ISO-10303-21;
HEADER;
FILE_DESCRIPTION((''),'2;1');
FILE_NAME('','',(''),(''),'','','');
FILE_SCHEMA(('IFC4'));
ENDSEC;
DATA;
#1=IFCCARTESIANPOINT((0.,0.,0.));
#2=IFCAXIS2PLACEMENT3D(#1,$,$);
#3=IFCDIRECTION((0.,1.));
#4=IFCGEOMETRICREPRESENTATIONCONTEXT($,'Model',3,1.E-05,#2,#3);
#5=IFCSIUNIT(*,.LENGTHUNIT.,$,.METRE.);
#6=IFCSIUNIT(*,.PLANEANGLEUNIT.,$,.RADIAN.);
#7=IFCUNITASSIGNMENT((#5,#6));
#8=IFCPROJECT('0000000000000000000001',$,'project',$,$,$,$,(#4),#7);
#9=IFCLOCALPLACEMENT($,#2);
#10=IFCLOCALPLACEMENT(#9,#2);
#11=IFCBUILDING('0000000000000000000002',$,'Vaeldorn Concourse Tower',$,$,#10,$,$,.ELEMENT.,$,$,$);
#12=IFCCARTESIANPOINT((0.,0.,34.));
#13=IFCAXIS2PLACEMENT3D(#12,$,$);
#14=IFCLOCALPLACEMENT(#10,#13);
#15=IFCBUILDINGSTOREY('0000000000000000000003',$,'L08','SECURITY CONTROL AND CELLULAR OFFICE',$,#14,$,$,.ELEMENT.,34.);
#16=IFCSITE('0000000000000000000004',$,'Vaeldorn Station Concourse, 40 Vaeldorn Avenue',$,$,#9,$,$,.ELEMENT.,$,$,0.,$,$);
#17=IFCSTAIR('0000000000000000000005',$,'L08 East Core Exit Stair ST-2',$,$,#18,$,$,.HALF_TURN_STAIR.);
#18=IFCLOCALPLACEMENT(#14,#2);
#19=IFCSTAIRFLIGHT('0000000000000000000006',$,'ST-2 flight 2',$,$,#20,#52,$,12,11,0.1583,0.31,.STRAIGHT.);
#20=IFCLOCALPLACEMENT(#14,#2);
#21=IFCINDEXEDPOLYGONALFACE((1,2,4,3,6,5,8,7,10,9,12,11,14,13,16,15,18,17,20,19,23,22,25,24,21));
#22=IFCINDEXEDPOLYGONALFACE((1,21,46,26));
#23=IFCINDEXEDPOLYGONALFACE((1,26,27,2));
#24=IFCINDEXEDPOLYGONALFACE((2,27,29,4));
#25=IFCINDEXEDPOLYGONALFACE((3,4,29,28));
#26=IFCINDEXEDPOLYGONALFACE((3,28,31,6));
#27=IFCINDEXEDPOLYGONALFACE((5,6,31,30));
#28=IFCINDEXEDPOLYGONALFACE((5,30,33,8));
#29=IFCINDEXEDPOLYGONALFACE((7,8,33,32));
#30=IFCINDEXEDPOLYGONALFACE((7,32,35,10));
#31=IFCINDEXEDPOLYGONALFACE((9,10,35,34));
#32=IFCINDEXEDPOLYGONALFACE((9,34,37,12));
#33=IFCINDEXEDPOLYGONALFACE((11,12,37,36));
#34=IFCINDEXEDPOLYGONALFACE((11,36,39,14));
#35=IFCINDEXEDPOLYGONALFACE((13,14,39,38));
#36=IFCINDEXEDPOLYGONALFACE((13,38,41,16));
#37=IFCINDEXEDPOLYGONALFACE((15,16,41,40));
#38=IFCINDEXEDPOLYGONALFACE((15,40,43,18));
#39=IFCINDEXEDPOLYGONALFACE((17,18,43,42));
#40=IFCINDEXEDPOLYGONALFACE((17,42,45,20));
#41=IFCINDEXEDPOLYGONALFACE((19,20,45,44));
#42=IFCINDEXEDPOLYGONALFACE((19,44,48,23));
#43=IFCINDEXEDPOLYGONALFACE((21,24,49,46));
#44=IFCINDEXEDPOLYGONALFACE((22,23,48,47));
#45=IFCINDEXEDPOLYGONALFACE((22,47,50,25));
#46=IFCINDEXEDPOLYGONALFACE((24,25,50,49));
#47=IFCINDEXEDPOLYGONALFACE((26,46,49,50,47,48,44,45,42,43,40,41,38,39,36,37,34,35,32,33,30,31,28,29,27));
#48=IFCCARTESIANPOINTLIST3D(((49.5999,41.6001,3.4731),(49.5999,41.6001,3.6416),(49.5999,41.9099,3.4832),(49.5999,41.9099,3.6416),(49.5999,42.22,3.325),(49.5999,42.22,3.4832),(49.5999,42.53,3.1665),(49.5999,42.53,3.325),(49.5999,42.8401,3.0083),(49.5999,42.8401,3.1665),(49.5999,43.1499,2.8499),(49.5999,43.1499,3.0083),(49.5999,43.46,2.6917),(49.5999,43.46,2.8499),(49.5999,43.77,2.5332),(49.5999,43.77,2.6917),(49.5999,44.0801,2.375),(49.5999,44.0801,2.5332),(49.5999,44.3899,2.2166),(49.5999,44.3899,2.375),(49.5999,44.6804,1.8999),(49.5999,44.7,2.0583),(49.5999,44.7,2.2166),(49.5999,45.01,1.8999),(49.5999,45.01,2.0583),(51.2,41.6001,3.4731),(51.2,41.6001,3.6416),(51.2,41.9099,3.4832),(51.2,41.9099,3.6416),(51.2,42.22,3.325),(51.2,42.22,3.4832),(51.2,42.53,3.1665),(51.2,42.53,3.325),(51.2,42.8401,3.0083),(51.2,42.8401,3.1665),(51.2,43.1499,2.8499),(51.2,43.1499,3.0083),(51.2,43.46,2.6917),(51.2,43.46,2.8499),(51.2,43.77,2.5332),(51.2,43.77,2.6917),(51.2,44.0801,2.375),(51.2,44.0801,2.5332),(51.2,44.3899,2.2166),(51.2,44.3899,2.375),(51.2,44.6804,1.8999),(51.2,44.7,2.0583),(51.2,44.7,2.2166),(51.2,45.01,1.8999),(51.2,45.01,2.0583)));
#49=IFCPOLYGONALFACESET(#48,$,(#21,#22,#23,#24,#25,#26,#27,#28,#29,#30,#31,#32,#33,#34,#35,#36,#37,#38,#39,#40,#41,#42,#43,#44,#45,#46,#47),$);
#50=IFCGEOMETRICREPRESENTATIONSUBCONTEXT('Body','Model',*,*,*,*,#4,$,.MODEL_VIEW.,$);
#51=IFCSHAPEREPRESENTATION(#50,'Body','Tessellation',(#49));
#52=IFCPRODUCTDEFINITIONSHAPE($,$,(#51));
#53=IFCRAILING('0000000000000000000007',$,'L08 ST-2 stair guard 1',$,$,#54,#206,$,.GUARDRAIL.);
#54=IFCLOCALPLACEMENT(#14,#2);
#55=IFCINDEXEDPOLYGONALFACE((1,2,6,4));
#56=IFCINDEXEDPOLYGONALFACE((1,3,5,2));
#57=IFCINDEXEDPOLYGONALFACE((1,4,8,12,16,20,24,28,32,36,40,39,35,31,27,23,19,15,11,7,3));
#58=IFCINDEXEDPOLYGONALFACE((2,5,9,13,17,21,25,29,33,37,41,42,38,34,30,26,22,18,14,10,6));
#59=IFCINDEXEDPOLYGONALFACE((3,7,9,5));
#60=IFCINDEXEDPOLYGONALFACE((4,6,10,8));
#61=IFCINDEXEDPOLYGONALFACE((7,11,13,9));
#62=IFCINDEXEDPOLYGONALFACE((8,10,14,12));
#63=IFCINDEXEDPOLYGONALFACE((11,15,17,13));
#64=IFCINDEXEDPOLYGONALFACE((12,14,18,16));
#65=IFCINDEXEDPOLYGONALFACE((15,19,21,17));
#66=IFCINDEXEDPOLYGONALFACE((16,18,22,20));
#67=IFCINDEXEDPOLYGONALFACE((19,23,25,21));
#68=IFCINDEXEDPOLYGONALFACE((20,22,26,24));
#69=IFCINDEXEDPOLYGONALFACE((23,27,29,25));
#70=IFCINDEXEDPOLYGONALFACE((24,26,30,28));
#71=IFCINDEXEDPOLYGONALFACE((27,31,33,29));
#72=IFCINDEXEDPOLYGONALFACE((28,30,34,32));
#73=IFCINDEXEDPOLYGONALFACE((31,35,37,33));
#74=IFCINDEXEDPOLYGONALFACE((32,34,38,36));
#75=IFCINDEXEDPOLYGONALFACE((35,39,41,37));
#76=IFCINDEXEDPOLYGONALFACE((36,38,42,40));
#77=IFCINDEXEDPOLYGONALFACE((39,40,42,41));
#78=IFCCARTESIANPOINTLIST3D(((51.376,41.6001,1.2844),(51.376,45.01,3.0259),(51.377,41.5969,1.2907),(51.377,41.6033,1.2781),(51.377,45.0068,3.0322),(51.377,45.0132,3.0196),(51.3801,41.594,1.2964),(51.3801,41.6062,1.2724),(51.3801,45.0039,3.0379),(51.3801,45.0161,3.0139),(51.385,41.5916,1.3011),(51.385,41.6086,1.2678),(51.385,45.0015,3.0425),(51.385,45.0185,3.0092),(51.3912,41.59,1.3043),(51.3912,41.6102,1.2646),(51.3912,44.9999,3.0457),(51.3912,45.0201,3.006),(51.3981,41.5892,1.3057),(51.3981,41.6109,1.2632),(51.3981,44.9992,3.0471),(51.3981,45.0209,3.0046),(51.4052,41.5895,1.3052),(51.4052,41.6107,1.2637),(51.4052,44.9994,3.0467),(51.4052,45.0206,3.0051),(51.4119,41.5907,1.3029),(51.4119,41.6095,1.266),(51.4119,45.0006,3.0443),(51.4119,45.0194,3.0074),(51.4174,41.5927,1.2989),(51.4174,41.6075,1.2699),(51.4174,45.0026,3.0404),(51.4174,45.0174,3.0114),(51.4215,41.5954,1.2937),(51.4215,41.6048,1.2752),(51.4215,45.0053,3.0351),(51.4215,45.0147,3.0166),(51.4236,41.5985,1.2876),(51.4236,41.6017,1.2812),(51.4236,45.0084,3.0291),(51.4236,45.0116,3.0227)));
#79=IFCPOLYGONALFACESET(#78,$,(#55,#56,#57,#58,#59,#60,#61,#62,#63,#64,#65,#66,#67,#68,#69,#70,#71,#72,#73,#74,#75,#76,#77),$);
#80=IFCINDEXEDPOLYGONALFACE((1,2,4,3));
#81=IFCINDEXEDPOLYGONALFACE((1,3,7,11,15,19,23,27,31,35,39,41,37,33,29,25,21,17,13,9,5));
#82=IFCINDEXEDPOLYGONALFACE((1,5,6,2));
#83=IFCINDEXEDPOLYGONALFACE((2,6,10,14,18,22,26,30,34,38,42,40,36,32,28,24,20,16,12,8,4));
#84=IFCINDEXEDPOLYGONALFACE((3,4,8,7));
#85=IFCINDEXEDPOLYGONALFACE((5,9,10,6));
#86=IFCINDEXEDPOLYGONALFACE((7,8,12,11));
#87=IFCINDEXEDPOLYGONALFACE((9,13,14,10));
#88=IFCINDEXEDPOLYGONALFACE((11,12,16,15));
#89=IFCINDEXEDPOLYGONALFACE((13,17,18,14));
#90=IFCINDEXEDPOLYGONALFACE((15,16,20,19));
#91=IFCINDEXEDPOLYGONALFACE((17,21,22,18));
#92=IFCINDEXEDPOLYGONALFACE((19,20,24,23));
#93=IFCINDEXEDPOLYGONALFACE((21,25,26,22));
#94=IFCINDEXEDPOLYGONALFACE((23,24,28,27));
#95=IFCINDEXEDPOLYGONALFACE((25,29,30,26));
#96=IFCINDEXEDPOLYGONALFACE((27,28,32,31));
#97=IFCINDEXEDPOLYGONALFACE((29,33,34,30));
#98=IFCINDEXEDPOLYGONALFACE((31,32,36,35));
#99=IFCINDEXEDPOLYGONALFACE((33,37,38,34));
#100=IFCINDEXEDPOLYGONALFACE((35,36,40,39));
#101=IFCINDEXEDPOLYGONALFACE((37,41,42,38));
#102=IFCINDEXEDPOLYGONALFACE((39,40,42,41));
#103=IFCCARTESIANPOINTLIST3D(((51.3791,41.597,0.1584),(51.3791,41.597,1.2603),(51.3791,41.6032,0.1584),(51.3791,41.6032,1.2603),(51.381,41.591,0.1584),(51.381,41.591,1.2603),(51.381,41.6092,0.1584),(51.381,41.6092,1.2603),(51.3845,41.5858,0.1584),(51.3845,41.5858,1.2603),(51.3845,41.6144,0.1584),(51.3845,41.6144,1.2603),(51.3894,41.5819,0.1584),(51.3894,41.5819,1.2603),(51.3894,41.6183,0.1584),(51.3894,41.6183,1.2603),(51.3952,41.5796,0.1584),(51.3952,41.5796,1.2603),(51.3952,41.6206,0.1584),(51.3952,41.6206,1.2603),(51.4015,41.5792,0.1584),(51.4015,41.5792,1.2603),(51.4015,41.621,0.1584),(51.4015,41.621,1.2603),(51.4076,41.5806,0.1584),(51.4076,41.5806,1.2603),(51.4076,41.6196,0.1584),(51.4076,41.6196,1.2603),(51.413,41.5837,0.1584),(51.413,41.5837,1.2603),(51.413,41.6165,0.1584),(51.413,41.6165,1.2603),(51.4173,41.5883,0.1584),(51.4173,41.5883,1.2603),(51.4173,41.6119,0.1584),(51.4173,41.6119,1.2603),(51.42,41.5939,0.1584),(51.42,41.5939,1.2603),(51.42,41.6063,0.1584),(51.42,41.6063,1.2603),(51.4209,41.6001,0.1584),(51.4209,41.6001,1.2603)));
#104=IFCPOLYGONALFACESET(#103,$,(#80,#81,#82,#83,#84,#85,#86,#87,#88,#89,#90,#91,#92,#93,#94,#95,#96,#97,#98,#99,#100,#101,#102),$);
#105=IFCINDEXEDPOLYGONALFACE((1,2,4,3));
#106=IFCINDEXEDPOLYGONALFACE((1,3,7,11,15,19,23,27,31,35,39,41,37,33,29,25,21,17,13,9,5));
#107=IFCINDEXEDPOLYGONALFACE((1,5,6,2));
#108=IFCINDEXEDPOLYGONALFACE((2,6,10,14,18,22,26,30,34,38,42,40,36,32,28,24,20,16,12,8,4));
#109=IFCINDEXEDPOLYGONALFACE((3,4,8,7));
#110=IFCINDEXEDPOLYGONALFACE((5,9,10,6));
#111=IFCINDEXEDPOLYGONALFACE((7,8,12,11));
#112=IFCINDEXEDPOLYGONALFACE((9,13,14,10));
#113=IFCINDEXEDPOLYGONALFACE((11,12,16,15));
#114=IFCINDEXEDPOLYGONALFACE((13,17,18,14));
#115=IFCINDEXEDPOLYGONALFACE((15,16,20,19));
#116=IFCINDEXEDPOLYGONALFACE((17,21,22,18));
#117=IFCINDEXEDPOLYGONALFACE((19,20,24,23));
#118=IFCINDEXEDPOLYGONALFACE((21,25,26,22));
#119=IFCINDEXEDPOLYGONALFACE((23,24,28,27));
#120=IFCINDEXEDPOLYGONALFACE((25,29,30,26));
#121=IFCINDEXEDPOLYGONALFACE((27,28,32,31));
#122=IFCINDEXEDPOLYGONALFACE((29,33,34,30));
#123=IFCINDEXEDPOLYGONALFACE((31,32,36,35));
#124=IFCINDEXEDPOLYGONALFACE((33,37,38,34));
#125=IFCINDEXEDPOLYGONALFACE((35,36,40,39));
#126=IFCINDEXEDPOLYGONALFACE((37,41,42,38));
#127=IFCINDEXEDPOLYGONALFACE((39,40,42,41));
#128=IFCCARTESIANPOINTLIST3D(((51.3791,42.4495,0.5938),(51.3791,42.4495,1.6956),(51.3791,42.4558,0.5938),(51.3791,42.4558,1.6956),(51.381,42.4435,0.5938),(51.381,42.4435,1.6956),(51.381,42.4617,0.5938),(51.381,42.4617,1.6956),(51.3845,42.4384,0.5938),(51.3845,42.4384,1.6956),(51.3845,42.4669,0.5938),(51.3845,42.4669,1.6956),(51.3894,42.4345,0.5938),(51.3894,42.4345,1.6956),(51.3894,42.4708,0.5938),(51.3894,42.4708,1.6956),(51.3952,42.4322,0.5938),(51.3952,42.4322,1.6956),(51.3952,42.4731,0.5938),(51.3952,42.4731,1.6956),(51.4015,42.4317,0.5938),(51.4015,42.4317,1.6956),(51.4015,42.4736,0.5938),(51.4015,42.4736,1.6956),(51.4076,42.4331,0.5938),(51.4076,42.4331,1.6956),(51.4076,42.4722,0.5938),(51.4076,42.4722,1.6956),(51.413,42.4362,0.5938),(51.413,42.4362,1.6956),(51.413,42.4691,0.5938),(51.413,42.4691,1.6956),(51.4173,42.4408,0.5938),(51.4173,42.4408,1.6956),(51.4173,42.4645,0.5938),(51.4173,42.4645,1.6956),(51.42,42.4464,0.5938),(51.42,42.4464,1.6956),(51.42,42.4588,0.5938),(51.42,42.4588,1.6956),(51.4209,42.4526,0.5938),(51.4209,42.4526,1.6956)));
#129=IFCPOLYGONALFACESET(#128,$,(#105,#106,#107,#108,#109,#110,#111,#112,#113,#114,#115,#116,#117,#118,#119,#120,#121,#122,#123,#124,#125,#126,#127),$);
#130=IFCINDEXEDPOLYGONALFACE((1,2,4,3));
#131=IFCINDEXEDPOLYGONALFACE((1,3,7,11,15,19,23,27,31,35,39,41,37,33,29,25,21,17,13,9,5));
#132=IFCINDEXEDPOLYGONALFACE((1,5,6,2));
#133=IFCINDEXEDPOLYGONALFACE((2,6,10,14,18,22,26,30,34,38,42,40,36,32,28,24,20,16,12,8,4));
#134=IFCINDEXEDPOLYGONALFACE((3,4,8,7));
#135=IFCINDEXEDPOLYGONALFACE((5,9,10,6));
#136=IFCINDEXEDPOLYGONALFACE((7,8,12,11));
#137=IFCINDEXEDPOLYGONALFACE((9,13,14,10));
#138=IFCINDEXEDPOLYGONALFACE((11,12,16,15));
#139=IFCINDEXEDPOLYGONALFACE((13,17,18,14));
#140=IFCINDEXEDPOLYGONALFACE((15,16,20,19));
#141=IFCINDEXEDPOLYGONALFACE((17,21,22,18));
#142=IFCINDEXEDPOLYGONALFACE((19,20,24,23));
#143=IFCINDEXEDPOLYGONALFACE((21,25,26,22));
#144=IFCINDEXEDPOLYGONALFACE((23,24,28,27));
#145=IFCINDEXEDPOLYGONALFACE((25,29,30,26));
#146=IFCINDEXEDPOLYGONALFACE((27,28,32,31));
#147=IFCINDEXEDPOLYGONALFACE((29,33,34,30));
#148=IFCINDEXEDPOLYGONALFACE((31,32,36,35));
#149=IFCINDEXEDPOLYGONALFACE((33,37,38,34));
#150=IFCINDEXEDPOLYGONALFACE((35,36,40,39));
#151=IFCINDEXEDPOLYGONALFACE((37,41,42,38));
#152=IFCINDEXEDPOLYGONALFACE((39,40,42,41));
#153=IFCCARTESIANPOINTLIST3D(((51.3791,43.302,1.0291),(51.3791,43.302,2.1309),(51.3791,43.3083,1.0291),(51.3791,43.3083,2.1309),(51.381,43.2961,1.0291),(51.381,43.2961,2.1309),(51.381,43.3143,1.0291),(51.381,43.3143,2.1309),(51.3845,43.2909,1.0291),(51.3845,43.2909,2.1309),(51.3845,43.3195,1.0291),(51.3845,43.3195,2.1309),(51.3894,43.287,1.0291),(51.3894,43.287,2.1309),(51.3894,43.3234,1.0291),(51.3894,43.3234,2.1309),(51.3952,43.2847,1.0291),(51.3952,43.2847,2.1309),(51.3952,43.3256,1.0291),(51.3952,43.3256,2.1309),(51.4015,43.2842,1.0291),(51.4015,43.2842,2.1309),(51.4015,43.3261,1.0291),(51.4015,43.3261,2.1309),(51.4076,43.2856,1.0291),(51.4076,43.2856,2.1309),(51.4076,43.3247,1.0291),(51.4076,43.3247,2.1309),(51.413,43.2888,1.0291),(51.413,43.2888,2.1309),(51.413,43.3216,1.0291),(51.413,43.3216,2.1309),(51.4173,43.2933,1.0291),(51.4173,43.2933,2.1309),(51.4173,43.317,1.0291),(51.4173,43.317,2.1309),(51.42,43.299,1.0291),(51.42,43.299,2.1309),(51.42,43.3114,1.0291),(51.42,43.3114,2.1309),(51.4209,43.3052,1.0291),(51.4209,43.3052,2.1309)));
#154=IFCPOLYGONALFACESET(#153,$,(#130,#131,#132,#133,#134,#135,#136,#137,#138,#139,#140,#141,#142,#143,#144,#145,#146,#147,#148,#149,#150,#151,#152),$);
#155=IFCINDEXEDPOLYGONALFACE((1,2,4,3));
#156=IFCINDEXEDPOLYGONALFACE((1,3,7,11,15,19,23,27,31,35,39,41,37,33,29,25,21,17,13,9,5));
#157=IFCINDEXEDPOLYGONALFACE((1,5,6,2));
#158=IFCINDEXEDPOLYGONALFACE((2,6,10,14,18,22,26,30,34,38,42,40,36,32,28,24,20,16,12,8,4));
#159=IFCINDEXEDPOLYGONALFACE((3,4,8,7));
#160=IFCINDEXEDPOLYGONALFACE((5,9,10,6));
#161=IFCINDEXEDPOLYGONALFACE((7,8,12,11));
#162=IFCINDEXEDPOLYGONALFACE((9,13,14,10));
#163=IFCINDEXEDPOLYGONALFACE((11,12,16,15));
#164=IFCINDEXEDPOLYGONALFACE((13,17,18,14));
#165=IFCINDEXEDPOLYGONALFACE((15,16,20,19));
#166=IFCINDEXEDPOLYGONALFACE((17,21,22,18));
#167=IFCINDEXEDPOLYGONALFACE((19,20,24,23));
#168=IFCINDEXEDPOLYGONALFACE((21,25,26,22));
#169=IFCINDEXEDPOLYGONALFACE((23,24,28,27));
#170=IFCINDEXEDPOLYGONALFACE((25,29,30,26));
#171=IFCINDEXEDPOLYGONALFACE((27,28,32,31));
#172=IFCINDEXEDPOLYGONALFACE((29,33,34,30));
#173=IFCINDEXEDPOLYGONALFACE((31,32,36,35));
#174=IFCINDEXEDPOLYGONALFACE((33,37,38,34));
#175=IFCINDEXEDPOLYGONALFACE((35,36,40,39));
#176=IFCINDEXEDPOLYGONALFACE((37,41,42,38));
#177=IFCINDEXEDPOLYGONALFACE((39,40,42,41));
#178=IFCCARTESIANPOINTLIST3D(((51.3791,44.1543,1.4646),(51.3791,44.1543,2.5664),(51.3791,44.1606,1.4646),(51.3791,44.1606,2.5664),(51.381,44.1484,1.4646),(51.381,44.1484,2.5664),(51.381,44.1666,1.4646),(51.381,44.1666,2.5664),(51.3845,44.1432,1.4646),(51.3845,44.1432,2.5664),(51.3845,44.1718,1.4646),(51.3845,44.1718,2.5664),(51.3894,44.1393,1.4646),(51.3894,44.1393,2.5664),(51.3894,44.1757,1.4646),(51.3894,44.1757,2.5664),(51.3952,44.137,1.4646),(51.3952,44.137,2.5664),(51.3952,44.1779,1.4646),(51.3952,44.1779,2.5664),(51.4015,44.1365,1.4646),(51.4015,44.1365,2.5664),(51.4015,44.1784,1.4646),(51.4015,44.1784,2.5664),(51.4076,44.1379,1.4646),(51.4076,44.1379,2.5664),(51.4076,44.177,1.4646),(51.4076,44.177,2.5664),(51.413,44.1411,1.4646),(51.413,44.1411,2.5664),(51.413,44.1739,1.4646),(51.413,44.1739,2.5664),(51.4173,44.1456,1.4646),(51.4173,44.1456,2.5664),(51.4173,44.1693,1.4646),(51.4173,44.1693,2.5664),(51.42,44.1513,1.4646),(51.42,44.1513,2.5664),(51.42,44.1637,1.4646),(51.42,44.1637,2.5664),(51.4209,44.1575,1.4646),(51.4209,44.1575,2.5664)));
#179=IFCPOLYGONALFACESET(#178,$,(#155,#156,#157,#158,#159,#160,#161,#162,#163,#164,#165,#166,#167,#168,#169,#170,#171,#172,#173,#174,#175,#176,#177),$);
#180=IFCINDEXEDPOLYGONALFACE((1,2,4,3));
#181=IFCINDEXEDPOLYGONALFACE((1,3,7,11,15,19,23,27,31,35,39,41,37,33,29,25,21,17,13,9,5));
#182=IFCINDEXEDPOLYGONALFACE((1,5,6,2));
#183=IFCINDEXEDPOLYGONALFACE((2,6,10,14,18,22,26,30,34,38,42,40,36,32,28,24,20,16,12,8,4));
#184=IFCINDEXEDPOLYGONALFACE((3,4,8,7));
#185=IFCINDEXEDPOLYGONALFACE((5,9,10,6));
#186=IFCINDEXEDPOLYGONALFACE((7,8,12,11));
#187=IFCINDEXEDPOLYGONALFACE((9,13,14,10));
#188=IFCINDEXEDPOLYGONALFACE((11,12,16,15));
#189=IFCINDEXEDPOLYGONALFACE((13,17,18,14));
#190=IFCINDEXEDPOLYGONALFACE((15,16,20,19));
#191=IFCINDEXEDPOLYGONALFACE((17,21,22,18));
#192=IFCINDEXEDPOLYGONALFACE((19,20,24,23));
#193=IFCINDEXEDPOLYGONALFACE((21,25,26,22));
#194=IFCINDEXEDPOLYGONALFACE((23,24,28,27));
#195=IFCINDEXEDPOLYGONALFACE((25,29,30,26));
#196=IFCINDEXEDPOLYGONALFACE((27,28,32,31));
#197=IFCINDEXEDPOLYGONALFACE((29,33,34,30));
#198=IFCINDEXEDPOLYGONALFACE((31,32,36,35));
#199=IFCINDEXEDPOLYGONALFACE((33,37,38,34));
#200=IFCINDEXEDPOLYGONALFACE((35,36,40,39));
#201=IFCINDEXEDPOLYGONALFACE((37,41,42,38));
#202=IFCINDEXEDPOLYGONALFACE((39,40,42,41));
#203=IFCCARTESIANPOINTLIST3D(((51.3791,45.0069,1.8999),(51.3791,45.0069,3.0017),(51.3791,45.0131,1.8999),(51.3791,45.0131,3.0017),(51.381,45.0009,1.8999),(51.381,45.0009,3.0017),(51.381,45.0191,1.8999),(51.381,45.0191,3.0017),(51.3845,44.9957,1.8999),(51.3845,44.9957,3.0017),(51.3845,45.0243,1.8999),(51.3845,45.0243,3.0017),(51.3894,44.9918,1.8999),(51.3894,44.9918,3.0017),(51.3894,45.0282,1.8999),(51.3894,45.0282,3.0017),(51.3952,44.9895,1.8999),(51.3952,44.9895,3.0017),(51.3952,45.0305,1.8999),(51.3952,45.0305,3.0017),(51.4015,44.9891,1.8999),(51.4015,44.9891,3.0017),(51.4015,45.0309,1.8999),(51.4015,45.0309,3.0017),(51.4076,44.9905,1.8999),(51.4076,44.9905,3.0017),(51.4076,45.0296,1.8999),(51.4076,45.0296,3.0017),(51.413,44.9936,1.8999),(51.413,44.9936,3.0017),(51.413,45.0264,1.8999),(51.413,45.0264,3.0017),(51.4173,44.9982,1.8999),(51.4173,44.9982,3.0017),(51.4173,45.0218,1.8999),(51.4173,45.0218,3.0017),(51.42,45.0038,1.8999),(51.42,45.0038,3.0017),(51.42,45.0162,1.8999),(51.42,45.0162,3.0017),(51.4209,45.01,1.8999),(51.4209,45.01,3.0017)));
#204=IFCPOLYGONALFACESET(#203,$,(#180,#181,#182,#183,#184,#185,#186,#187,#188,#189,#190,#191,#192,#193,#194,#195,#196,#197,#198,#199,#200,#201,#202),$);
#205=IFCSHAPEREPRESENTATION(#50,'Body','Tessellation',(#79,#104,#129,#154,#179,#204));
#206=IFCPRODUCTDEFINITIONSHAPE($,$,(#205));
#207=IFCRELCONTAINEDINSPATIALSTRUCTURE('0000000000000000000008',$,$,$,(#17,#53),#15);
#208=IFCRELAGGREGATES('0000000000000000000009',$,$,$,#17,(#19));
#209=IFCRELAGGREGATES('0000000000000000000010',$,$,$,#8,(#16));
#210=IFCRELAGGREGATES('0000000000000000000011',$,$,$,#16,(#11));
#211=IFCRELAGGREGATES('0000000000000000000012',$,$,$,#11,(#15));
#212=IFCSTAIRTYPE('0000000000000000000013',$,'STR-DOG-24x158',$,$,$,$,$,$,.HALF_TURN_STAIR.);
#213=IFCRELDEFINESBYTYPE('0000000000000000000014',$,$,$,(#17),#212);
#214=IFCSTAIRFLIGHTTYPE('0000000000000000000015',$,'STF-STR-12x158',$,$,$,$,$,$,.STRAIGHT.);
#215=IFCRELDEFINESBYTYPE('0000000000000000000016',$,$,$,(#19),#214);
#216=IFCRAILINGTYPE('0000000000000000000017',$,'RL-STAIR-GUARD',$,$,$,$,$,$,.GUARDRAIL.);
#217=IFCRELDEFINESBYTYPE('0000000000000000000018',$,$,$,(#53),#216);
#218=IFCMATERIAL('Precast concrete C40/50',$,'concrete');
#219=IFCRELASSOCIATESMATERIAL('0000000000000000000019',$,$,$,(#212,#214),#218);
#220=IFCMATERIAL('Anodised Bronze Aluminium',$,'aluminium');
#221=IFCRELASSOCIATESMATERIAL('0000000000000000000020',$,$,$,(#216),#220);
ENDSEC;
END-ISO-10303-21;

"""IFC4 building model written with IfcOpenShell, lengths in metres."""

from ifc_helpers import new_model, si_unit, direction, frame, origin, origin_2d, place, context, subcontext, project, spatial, polyline, circle, outline, extrude, material, type_object, element, aggregate, save


model = new_model("IFC4")

# Units and contexts
model_context = context("Model", 3, precision=1e-05, world=origin(), true_north=direction((0.0, 1.0)))
body_context = subcontext(model_context, "Body", "Model", "MODEL_VIEW")
ifc_project = project(units=[si_unit("LENGTHUNIT", "METRE"), si_unit("PLANEANGLEUNIT", "RADIAN")], contexts=[model_context])

# Site, building, storey
site_placement = place(None, origin())
site = spatial("IfcSite", under=ifc_project, at=site_placement, Name="Vaeldorn Station Concourse, 40 Vaeldorn Avenue", CompositionType="ELEMENT", RefElevation=0.0)
building_placement = place(site_placement, origin())
building = spatial("IfcBuilding", under=site, at=building_placement, Name="Vaeldorn Concourse Tower", CompositionType="ELEMENT")
storey_placement = place(building_placement, frame((0.0, 0.0, 34.0)))
storey = spatial("IfcBuildingStorey", under=building, at=storey_placement, Name="L08", Description="SECURITY CONTROL AND CELLULAR OFFICE", CompositionType="ELEMENT", Elevation=34.0)

# Shared definitions
ifc_material_1 = material(Name="Anodised Bronze Aluminium", Category="aluminium")

# Stair, stair flight
ifc_material_2 = material(Name="Precast concrete C40/50", Category="concrete")
stair_type = type_object("IfcStairType", Name="STR-DOG-24x158", PredefinedType="HALF_TURN_STAIR", material=ifc_material_2)
stair_placement = place(storey_placement, origin())
stair = element("IfcStair", 1, at=stair_placement, inside=storey, type_object=stair_type, Name="L08 East Core Exit Stair ST-2", PredefinedType="HALF_TURN_STAIR")
stair_flight_type = type_object("IfcStairFlightType", Name="STF-STR-12x158", PredefinedType="STRAIGHT", material=ifc_material_2)
stair_flight_1_placement = place(storey_placement, frame((50.3999, 45.01, 1.8999), z_axis=(0.0, 0.0, 1.0), x_axis=(0.0, -1.0, 0.0)))
stair_flight_1 = element("IfcStairFlight", 2, at=stair_flight_1_placement, type_object=stair_flight_type, Name="ST-2 flight 2", NumberOfRisers=12, NumberOfTreads=11, PredefinedType="STRAIGHT", RiserHeight=0.1583, TreadLength=0.31, context=body_context, shape_type="SweptSolid", body=[
    extrude(outline(polyline([(0.0, 0.0), (0.0, 0.1584), (0.3101, 0.1584), (0.3101, 0.3167), (0.6201, 0.3167), (0.6201, 0.4751), (0.9299, 0.4751), (0.9299, 0.6333), (1.24, 0.6333), (1.24, 0.7917), (1.55, 0.7917), (1.55, 0.95), (1.8601, 0.95), (1.8601, 1.1084), (2.1699, 1.1084), (2.1699, 1.2666), (2.48, 1.2666), (2.48, 1.425), (2.79, 1.425), (2.79, 1.5833), (3.1001, 1.5833), (3.1001, 1.7417), (3.4099, 1.7417), (3.4099, 1.8999), (3.4099, 1.5732), (0.3296, 0.0), (0.0, 0.0)])), frame((0.0, 0.8, 0.0), z_axis=(0.0, -1.0, 0.0), x_axis=(1.0, 0.0, 0.0)), (0.0, 0.0, 1.0), 1.6001),
])
aggregate(stair, [stair_flight_1])

# Railing
railing_type_1 = type_object("IfcRailingType", Name="RL-STAIR-GUARD", PredefinedType="GUARDRAIL", material=ifc_material_1)
railing_1_placement = place(storey_placement, frame((51.3999, 41.6001, 0.1584)))
element("IfcRailing", 3, at=railing_1_placement, inside=storey, type_object=railing_type_1, Name="L08 ST-2 stair guard 1", PredefinedType="GUARDRAIL", context=body_context, shape_type="SweptSolid", body=[
    extrude(circle(Radius=0.0239, at=origin_2d()), frame((0.0, 0.0, 1.126), z_axis=(0.0, 0.890582, 0.454823), x_axis=(-1.0, 0.0, 0.0)), (0.0, 0.0, 1.0), 3.8289),
    extrude(circle(Radius=0.021, at=origin_2d()), origin(), (0.0, 0.0, 1.0), 1.1018),
    extrude(circle(Radius=0.021, at=origin_2d()), frame((0.0, 0.8525, 0.4353)), (0.0, 0.0, 1.0), 1.1018),
    extrude(circle(Radius=0.021, at=origin_2d()), frame((0.0, 1.7051, 0.8706)), (0.0, 0.0, 1.0), 1.1018),
    extrude(circle(Radius=0.021, at=origin_2d()), frame((0.0, 2.5574, 1.3062)), (0.0, 0.0, 1.0), 1.1018),
    extrude(circle(Radius=0.021, at=origin_2d()), frame((0.0, 3.4099, 1.7415)), (0.0, 0.0, 1.0), 1.1018),
])

save(model, "model.ifc")
